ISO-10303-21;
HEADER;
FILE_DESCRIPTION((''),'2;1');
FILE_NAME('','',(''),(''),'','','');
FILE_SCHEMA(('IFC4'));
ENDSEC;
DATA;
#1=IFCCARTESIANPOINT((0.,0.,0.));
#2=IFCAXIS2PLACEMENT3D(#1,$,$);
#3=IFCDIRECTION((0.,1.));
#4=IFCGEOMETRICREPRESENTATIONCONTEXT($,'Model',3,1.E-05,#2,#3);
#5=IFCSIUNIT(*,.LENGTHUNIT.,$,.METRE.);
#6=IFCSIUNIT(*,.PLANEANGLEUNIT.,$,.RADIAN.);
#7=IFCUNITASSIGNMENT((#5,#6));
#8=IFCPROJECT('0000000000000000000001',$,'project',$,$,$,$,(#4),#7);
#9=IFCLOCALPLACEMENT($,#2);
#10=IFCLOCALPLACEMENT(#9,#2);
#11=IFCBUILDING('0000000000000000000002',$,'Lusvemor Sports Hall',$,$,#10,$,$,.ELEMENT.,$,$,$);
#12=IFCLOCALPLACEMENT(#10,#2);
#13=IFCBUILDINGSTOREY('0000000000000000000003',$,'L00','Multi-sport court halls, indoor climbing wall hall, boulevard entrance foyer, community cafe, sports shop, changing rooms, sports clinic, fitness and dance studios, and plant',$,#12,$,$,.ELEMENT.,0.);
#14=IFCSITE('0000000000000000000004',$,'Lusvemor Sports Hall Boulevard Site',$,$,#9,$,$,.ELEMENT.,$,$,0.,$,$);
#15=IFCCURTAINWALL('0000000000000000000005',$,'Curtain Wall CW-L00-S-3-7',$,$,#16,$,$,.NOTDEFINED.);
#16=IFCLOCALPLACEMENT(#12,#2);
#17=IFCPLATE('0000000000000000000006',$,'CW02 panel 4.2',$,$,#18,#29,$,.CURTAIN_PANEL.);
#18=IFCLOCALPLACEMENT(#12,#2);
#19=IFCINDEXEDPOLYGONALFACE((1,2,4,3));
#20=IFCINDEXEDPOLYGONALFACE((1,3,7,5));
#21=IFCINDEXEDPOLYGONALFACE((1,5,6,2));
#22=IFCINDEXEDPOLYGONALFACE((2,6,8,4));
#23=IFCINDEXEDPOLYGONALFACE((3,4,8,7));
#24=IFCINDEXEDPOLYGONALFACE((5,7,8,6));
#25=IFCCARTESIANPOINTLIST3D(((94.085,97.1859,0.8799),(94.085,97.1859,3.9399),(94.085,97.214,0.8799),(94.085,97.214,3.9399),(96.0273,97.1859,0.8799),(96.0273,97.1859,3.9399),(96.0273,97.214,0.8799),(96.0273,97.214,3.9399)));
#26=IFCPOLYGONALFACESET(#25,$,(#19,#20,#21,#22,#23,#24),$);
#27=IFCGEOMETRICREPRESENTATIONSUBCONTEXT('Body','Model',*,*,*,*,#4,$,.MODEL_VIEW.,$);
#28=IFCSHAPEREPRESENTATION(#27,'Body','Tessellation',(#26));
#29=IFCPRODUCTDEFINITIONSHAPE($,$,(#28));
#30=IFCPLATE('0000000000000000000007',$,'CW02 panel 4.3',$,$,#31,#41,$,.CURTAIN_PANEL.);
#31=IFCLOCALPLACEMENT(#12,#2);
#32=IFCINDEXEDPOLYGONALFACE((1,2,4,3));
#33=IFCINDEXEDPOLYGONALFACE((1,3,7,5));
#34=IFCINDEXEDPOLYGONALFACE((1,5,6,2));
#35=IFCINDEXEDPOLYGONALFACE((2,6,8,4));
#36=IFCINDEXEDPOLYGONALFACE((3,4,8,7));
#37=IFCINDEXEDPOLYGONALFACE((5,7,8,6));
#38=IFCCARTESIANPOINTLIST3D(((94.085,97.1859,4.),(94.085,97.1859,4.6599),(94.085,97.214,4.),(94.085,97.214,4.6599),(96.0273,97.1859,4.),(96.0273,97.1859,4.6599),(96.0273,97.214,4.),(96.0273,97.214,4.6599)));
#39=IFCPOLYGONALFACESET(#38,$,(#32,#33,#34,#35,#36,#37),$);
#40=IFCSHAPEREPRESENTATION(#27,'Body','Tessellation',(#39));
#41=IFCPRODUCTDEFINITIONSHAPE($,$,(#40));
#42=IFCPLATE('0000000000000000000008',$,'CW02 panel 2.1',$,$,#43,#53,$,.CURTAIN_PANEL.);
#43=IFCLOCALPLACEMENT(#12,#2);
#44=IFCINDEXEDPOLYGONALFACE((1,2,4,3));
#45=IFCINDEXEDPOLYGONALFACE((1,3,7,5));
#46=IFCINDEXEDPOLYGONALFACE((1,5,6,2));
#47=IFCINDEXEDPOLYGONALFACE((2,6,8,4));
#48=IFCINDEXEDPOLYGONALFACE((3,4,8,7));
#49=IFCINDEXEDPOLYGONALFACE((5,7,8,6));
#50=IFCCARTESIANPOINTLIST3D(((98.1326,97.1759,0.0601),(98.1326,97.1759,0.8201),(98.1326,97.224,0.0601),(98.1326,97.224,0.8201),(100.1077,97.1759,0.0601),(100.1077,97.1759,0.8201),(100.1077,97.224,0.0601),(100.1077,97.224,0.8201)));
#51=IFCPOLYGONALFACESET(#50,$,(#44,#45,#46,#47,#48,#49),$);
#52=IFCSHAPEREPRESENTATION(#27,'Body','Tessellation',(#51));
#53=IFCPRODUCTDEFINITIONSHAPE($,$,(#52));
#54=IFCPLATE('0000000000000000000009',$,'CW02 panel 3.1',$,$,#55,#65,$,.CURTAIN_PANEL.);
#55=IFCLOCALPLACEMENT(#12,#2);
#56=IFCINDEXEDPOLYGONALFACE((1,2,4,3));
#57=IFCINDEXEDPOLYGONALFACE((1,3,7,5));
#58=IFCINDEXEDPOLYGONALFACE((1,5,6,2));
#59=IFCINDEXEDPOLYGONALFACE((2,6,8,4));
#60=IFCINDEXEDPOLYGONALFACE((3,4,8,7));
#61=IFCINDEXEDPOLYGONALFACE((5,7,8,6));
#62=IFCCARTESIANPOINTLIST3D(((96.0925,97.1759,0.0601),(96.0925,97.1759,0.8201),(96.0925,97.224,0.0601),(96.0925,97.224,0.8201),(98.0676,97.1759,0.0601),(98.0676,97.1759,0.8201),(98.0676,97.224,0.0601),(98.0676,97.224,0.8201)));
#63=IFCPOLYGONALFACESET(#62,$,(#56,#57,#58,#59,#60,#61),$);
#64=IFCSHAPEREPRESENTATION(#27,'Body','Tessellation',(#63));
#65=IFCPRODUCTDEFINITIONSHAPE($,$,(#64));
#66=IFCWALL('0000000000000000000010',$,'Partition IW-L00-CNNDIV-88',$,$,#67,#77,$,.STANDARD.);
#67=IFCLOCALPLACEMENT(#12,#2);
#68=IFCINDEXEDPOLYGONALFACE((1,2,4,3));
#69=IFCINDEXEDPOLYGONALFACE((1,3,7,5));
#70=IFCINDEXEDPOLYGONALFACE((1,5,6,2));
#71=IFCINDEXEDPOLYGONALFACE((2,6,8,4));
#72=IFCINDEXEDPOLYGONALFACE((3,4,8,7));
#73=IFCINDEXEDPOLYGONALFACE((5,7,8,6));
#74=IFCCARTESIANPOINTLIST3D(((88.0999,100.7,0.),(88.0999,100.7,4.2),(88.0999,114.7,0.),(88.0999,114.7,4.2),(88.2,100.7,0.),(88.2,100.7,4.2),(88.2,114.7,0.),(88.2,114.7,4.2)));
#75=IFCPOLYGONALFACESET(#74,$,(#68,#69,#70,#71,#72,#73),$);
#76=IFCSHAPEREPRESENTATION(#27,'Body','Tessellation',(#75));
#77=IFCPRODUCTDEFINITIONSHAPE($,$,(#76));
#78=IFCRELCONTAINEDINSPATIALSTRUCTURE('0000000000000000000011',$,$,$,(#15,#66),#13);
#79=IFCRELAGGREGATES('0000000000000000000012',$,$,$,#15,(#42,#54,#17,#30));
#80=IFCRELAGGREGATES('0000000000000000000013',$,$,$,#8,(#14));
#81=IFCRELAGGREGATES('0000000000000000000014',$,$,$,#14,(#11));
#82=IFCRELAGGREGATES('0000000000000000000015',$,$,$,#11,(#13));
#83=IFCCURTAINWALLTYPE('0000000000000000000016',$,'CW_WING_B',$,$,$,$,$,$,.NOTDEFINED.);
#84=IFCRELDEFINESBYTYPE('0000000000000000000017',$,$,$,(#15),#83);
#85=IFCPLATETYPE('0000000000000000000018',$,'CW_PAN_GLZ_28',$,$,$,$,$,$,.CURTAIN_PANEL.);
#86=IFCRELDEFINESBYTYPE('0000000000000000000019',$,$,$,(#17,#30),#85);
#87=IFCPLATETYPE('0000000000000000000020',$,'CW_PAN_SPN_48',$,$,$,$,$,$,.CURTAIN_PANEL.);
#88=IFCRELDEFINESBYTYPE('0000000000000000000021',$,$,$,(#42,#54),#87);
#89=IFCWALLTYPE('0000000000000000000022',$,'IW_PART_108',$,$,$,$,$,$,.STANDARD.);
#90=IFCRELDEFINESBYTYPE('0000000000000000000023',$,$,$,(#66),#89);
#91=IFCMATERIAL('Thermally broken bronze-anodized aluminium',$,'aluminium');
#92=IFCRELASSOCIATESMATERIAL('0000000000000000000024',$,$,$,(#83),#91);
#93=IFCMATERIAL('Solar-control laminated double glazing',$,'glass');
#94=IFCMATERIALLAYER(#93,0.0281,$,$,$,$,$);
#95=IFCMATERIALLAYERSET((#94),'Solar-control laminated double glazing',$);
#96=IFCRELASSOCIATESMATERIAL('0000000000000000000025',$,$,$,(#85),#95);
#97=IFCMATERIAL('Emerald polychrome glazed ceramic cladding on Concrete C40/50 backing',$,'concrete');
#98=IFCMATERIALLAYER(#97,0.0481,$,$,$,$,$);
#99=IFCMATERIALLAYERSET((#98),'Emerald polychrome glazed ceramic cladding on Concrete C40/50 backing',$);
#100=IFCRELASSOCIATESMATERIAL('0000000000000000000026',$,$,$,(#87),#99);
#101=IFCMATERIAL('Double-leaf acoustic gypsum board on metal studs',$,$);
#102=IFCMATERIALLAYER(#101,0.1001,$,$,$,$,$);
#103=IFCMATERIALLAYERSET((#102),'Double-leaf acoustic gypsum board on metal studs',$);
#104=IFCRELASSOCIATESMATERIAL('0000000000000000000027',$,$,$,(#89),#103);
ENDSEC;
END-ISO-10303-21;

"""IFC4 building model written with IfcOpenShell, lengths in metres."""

from ifc_helpers import new_model, si_unit, direction, frame, frame_2d, origin, origin_2d, place, context, subcontext, project, spatial, rectangle, extrude, material, layer, layer_set, type_object, element, aggregate, save


model = new_model("IFC4")

# Units and contexts
model_context = context("Model", 3, precision=1e-05, world=origin(), true_north=direction((0.0, 1.0)))
body_context = subcontext(model_context, "Body", "Model", "MODEL_VIEW")
ifc_project = project(units=[si_unit("LENGTHUNIT", "METRE"), si_unit("PLANEANGLEUNIT", "RADIAN")], contexts=[model_context])

# Site, building, storey
site_placement = place(None, origin())
site = spatial("IfcSite", under=ifc_project, at=site_placement, Name="Lusvemor Sports Hall Boulevard Site", CompositionType="ELEMENT", RefElevation=0.0)
building_placement = place(site_placement, origin())
building = spatial("IfcBuilding", under=site, at=building_placement, Name="Lusvemor Sports Hall", CompositionType="ELEMENT")
storey_placement = place(building_placement, origin())
storey = spatial("IfcBuildingStorey", under=building, at=storey_placement, Name="L00", Description="Multi-sport court halls, indoor climbing wall hall, boulevard entrance foyer, community cafe, sports shop, changing rooms, sports clinic, fitness and dance studios, and plant", CompositionType="ELEMENT", Elevation=0.0)

# Curtain wall, plates
ifc_material_1 = material(Name="Thermally broken bronze-anodized aluminium", Category="aluminium")
curtain_wall_type = type_object("IfcCurtainWallType", Name="CW_WING_B", PredefinedType="NOTDEFINED", material=ifc_material_1)
curtain_wall_placement = place(storey_placement, origin())
curtain_wall = element("IfcCurtainWall", 1, at=curtain_wall_placement, inside=storey, type_object=curtain_wall_type, Name="Curtain Wall CW-L00-S-3-7", PredefinedType="NOTDEFINED")
ifc_material_2 = material(Name="Solar-control laminated double glazing", Category="glass")
ifc_layer_1 = layer(ifc_material_2, 0.0281)
ifc_layer_set_1 = layer_set([ifc_layer_1], Name="Solar-control laminated double glazing")
plate_type_1 = type_object("IfcPlateType", Name="CW_PAN_GLZ_28", PredefinedType="CURTAIN_PANEL", material=ifc_layer_set_1)
plate_1_placement = place(storey_placement, frame((95.0562, 97.2, 0.8799), z_axis=(0.0, 0.0, 1.0), x_axis=(-1.0, 0.0, 0.0)))
plate_1 = element("IfcPlate", 2, at=plate_1_placement, type_object=plate_type_1, Name="CW02 panel 4.2", PredefinedType="CURTAIN_PANEL", context=body_context, shape_type="SweptSolid", body=[
    extrude(rectangle(XDim=1.9424, YDim=0.0281, at=origin_2d()), origin(), (0.0, 0.0, 1.0), 3.0601),
])
plate_2_placement = place(storey_placement, frame((95.0562, 97.2, 4.0), z_axis=(0.0, 0.0, 1.0), x_axis=(-1.0, 0.0, 0.0)))
plate_2 = element("IfcPlate", 3, at=plate_2_placement, type_object=plate_type_1, Name="CW02 panel 4.3", PredefinedType="CURTAIN_PANEL", context=body_context, shape_type="SweptSolid", body=[
    extrude(rectangle(XDim=1.9424, YDim=0.0281, at=origin_2d()), origin(), (0.0, 0.0, 1.0), 0.6599),
])
ifc_material_3 = material(Name="Emerald polychrome glazed ceramic cladding on Concrete C40/50 backing", Category="concrete")
ifc_layer_2 = layer(ifc_material_3, 0.0481)
ifc_layer_set_2 = layer_set([ifc_layer_2], Name="Emerald polychrome glazed ceramic cladding on Concrete C40/50 backing")
plate_type_2 = type_object("IfcPlateType", Name="CW_PAN_SPN_48", PredefinedType="CURTAIN_PANEL", material=ifc_layer_set_2)
plate_3_placement = place(storey_placement, frame((99.1201, 97.2, 0.0601), z_axis=(0.0, 0.0, 1.0), x_axis=(-1.0, 0.0, 0.0)))
plate_3 = element("IfcPlate", 4, at=plate_3_placement, type_object=plate_type_2, Name="CW02 panel 2.1", PredefinedType="CURTAIN_PANEL", context=body_context, shape_type="SweptSolid", body=[
    extrude(rectangle(XDim=1.9751, YDim=0.0481, at=origin_2d()), origin(), (0.0, 0.0, 1.0), 0.76),
])
plate_4_placement = place(storey_placement, frame((97.0801, 97.2, 0.0601), z_axis=(0.0, 0.0, 1.0), x_axis=(-1.0, 0.0, 0.0)))
plate_4 = element("IfcPlate", 5, at=plate_4_placement, type_object=plate_type_2, Name="CW02 panel 3.1", PredefinedType="CURTAIN_PANEL", context=body_context, shape_type="SweptSolid", body=[
    extrude(rectangle(XDim=1.9751, YDim=0.0481, at=origin_2d()), origin(), (0.0, 0.0, 1.0), 0.76),
])
aggregate(curtain_wall, [plate_3, plate_4, plate_1, plate_2])

# Wall
ifc_material_4 = material(Name="Double-leaf acoustic gypsum board on metal studs")
ifc_layer_3 = layer(ifc_material_4, 0.1001)
ifc_layer_set_3 = layer_set([ifc_layer_3], Name="Double-leaf acoustic gypsum board on metal studs")
wall_type_1 = type_object("IfcWallType", Name="IW_PART_108", PredefinedType="STANDARD", material=ifc_layer_set_3)
wall_1_placement = place(storey_placement, frame((88.1499, 100.7, 0.0), z_axis=(0.0, 0.0, 1.0), x_axis=(0.0, 1.0, 0.0)))
element("IfcWall", 6, at=wall_1_placement, inside=storey, type_object=wall_type_1, Name="Partition IW-L00-CNNDIV-88", PredefinedType="STANDARD", context=body_context, shape_type="SweptSolid", body=[
    extrude(rectangle(XDim=14.0, YDim=0.1001, at=frame_2d((7.0, 0.0))), origin(), (0.0, 0.0, 1.0), 4.2),
])

save(model, "model.ifc")
